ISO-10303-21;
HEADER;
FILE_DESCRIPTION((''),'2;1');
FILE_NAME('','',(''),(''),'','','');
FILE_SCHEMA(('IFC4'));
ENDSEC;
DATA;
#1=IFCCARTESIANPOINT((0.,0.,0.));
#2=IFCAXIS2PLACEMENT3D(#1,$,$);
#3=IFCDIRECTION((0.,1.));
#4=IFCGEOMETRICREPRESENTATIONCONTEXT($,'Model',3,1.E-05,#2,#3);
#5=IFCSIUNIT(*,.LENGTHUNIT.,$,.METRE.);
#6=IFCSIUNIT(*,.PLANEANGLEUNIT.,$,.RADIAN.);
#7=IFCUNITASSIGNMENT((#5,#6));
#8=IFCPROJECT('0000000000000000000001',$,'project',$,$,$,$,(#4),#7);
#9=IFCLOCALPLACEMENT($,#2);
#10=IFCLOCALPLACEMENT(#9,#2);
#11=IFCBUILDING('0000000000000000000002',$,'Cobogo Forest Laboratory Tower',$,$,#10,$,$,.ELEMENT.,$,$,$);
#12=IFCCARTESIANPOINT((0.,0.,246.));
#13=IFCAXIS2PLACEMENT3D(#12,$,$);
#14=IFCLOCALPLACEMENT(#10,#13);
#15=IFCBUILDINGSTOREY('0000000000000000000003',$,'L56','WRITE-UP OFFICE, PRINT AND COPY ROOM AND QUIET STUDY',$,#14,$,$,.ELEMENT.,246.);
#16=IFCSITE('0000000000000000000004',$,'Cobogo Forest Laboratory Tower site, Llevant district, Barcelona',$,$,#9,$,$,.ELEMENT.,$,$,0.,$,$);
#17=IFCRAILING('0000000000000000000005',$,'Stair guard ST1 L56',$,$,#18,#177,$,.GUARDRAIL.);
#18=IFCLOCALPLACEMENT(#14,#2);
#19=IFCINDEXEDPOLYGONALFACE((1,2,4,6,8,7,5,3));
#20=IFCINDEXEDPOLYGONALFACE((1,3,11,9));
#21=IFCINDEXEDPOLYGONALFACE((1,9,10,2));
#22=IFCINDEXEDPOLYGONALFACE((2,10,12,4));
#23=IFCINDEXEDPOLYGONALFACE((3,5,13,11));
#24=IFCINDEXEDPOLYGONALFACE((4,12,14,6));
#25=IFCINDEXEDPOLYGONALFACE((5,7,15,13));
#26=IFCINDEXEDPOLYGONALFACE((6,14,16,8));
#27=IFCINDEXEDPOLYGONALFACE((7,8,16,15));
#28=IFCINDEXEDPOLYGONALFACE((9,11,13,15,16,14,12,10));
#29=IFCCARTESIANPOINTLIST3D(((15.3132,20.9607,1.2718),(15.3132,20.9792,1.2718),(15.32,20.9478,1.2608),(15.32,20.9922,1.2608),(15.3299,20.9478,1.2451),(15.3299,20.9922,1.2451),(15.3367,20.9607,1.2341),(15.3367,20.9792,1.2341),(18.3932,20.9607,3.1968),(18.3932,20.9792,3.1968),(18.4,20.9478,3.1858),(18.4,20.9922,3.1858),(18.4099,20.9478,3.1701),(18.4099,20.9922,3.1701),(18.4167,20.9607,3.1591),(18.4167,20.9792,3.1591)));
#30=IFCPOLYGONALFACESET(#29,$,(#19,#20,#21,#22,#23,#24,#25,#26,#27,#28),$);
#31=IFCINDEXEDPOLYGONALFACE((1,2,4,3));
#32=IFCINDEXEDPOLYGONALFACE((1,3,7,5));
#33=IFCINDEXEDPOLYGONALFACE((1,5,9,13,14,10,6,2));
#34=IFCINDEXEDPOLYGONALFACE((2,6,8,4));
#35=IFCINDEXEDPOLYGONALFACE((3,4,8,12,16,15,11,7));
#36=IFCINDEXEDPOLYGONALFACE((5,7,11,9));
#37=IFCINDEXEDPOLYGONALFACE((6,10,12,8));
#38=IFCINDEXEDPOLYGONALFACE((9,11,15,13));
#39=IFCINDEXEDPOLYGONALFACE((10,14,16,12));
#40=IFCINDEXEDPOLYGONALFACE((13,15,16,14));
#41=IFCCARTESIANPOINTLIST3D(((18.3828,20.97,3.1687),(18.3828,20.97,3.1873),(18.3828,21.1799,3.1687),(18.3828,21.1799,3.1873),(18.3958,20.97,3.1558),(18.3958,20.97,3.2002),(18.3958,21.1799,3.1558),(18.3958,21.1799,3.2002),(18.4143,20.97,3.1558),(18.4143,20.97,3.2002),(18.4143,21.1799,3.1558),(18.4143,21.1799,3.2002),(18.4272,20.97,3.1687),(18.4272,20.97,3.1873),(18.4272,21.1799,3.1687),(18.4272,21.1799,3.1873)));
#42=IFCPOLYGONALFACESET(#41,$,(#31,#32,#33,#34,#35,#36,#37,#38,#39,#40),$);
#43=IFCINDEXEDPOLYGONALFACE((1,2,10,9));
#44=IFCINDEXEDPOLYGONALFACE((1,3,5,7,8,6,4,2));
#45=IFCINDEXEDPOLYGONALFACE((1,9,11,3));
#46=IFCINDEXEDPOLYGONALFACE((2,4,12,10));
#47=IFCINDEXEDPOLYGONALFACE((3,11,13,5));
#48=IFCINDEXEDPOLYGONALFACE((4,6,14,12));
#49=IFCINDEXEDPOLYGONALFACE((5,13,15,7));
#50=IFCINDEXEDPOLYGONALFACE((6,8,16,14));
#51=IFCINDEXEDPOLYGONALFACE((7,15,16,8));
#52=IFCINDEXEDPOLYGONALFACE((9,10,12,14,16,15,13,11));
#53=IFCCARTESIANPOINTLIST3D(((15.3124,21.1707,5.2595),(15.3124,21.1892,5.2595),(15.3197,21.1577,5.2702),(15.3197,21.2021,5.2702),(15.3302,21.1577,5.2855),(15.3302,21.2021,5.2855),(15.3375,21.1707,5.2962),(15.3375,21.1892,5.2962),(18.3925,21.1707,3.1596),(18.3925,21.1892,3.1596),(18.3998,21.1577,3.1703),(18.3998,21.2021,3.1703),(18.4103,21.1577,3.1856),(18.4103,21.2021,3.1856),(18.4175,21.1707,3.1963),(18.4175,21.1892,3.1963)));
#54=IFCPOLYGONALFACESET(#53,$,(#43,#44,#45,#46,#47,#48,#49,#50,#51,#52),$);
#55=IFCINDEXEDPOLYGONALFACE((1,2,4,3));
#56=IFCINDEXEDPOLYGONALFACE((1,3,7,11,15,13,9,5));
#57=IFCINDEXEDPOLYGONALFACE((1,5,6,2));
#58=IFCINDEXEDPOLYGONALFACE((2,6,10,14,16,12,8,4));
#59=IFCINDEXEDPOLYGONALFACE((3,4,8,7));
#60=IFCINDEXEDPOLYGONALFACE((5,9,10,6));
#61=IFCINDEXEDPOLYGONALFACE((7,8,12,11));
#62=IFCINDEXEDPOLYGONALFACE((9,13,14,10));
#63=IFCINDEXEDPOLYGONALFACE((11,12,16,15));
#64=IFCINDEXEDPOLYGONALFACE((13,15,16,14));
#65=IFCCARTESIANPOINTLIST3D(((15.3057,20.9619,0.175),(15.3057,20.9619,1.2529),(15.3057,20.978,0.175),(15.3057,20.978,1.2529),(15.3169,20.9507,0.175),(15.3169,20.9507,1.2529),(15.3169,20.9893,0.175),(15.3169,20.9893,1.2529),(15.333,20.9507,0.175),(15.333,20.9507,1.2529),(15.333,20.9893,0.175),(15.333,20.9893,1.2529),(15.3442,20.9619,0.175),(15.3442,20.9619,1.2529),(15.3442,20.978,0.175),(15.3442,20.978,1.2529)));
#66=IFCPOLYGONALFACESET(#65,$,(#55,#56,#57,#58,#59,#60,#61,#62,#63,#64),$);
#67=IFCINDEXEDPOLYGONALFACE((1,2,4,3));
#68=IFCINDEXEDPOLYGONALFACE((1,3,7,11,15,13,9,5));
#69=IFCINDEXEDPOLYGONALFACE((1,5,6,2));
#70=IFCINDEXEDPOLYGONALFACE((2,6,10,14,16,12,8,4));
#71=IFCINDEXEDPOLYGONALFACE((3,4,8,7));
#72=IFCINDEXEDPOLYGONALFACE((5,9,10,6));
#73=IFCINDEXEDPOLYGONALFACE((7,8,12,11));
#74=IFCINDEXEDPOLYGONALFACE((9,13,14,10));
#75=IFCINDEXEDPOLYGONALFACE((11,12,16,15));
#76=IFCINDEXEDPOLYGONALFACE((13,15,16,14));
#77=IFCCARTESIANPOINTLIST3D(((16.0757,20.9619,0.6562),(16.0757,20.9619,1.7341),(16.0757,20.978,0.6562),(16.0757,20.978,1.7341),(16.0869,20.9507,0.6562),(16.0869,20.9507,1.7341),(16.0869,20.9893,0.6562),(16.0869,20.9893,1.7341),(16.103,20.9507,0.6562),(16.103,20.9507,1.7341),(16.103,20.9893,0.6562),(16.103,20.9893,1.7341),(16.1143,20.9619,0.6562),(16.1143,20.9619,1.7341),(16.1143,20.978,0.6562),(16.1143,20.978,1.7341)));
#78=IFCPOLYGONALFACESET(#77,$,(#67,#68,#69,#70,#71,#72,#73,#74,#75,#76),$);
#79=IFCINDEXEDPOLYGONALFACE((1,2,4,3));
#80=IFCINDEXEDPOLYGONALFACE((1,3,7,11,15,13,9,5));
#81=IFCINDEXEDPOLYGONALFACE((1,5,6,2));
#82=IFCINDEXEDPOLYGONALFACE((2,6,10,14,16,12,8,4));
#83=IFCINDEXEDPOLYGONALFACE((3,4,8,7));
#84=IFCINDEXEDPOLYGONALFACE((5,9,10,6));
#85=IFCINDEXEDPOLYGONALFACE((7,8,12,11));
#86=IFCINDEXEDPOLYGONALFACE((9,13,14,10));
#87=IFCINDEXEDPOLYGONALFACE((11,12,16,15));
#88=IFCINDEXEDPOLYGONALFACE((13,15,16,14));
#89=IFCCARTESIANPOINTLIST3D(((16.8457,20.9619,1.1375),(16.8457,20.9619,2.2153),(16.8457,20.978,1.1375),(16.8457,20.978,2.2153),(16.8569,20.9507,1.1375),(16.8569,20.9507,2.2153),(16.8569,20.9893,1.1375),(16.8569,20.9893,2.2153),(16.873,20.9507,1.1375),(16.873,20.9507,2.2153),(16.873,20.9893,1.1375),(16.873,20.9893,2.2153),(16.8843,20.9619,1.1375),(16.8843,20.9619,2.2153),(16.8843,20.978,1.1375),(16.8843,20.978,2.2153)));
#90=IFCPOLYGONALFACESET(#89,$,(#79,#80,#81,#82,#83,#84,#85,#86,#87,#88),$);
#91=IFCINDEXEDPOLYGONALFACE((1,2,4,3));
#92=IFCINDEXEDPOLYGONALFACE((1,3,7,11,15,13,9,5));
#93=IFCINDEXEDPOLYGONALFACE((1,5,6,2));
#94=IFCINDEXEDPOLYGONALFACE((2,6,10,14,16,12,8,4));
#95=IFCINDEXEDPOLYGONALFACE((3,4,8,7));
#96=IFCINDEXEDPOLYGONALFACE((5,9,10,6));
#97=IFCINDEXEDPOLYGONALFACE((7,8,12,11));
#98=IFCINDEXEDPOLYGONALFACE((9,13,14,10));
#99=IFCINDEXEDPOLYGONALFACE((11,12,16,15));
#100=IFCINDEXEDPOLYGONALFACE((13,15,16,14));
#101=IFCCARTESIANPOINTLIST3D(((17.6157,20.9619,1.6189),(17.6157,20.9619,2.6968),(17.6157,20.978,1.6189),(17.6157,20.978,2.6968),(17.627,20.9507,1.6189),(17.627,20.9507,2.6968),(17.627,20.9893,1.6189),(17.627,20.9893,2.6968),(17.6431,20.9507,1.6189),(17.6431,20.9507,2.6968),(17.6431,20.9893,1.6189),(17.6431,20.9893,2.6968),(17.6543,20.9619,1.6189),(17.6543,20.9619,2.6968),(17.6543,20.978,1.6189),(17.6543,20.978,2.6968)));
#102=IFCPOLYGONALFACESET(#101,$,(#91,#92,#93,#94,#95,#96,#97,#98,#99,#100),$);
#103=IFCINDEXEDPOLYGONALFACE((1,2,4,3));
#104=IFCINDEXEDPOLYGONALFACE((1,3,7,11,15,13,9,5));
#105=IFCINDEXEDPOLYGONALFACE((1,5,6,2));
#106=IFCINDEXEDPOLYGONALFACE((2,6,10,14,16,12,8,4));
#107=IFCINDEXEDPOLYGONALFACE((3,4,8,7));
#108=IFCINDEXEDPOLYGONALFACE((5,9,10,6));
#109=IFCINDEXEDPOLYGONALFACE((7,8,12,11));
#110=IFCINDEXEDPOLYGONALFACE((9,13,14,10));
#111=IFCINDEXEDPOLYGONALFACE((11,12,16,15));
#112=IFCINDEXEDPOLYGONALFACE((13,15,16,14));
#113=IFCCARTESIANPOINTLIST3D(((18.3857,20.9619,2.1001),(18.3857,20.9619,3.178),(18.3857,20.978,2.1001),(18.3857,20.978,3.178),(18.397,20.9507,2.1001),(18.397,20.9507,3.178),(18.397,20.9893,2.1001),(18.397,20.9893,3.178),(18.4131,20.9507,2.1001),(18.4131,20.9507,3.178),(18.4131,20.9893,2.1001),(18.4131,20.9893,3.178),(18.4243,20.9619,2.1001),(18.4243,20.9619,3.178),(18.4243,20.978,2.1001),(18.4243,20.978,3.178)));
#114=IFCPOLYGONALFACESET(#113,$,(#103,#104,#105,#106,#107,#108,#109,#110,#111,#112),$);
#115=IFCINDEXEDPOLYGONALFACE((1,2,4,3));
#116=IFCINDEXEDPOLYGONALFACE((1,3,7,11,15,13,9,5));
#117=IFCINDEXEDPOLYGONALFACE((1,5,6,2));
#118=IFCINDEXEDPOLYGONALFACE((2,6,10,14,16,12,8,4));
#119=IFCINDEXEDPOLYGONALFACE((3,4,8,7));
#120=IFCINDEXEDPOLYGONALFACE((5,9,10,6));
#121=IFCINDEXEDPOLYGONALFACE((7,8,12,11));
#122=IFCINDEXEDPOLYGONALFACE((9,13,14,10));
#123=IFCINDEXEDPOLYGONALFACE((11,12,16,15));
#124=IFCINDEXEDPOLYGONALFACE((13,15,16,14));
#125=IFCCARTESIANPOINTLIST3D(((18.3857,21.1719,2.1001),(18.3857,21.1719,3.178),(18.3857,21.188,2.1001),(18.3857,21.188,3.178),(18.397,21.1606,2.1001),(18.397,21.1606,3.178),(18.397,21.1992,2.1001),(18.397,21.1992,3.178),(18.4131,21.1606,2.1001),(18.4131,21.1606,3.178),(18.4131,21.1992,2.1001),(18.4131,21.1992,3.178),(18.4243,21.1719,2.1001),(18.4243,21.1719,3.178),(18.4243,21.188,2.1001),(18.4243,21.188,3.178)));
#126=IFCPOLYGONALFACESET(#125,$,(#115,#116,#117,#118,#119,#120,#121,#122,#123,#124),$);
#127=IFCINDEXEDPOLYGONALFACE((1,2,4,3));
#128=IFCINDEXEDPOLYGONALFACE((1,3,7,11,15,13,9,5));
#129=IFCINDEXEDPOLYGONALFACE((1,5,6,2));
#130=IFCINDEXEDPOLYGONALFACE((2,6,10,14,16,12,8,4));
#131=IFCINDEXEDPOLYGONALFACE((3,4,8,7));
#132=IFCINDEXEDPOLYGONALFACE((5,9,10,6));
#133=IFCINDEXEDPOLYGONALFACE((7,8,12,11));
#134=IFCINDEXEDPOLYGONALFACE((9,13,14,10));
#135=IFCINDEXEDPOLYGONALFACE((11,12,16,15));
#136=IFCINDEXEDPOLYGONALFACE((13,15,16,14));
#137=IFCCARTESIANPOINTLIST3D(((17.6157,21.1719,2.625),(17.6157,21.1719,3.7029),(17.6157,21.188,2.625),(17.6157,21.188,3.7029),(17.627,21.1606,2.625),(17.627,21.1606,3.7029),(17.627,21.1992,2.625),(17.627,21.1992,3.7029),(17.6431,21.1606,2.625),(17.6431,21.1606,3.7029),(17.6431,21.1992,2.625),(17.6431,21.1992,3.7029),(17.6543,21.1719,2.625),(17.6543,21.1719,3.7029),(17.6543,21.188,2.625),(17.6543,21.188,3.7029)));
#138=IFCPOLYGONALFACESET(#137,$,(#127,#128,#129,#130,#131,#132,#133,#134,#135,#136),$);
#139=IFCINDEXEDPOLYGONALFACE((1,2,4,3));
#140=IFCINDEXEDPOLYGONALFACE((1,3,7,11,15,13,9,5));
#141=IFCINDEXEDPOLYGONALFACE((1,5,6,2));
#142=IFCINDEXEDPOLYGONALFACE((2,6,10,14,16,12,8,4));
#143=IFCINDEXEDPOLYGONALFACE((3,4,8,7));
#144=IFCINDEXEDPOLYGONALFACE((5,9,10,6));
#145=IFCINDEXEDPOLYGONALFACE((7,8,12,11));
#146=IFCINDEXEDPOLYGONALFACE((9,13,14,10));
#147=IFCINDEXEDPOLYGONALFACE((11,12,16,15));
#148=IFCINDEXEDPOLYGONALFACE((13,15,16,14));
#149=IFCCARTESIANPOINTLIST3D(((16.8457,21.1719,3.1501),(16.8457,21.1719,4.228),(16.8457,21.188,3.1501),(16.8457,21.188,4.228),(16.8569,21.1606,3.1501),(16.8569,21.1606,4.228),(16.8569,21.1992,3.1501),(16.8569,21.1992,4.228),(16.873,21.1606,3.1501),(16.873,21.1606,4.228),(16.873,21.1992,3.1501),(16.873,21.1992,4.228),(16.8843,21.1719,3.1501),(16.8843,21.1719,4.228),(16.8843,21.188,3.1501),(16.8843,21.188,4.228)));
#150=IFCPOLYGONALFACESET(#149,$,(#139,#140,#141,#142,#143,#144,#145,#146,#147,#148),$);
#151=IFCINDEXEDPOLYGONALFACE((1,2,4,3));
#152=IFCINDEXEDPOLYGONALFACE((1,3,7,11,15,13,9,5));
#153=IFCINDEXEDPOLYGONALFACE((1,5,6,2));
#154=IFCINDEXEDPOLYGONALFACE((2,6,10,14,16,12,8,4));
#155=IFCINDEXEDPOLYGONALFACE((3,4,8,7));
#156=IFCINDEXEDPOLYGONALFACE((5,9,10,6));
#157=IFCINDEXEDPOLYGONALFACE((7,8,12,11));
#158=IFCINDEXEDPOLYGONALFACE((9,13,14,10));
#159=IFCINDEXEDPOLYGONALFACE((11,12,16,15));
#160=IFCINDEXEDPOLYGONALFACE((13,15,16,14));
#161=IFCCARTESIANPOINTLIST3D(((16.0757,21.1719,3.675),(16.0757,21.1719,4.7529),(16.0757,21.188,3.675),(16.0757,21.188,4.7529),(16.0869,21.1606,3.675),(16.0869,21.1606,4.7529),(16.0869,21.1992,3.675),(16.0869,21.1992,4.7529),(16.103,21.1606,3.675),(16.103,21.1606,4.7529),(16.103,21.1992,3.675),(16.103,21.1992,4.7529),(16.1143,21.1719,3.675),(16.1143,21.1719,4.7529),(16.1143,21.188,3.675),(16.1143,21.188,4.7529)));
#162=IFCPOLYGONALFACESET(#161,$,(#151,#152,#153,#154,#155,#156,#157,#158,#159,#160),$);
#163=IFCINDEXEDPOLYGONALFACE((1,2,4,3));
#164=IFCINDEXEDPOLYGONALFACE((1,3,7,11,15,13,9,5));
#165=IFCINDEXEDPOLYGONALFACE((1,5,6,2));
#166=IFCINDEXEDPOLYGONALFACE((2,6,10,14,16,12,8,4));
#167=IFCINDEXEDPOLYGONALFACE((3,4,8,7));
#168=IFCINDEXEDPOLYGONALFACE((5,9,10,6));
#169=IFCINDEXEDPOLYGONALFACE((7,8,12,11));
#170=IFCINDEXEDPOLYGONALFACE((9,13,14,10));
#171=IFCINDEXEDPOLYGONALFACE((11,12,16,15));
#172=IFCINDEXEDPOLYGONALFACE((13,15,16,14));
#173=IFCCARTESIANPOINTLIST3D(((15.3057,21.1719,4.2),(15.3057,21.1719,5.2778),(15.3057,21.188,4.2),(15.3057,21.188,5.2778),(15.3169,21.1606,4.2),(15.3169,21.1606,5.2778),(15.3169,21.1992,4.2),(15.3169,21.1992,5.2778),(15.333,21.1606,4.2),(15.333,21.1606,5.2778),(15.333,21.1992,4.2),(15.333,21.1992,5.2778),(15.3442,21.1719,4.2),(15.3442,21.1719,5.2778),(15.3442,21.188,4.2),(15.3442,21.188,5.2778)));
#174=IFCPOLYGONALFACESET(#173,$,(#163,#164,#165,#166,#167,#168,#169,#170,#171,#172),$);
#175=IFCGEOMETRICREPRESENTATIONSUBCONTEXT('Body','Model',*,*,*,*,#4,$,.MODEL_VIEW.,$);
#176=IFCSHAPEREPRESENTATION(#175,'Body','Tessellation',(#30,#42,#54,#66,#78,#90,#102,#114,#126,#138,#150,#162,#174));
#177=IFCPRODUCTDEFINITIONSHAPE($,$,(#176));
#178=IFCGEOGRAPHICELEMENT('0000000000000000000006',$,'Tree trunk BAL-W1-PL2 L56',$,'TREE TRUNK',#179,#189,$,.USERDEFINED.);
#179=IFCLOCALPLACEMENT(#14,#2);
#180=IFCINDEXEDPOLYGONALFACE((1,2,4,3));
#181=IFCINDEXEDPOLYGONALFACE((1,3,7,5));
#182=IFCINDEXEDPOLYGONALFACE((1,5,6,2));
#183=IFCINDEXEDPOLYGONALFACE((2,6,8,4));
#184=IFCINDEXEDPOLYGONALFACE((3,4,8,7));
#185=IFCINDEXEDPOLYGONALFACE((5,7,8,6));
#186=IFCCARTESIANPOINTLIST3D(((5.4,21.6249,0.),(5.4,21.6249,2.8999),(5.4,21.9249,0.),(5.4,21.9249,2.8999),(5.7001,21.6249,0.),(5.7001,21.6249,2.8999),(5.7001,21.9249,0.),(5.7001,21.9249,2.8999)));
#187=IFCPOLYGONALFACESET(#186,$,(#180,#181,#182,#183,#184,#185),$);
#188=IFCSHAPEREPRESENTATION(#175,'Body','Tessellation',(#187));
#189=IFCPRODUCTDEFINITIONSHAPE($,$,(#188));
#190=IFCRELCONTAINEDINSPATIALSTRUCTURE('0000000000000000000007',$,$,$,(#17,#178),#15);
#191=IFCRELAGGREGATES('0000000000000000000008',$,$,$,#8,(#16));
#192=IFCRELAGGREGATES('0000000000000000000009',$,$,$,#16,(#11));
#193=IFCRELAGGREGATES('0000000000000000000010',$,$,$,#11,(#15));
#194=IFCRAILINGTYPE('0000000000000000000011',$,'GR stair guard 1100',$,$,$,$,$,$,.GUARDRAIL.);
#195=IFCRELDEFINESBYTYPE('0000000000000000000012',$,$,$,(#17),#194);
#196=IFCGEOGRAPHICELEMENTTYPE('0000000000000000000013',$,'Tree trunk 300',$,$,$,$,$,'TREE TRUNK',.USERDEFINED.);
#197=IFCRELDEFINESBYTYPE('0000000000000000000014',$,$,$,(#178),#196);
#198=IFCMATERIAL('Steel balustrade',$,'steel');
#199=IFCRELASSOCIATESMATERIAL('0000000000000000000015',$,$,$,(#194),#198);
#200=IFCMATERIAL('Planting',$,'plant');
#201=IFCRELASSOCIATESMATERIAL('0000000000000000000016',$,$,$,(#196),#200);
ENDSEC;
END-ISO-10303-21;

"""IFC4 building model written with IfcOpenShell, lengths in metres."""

from ifc_helpers import new_model, si_unit, direction, frame, origin, origin_2d, place, context, subcontext, project, spatial, polyline, rectangle, outline, extrude, material, type_object, element, save


model = new_model("IFC4")

# Units and contexts
model_context = context("Model", 3, precision=1e-05, world=origin(), true_north=direction((0.0, 1.0)))
body_context = subcontext(model_context, "Body", "Model", "MODEL_VIEW")
ifc_project = project(units=[si_unit("LENGTHUNIT", "METRE"), si_unit("PLANEANGLEUNIT", "RADIAN")], contexts=[model_context])

# Site, building, storey
site_placement = place(None, origin())
site = spatial("IfcSite", under=ifc_project, at=site_placement, Name="Cobogo Forest Laboratory Tower site, Llevant district, Barcelona", CompositionType="ELEMENT", RefElevation=0.0)
building_placement = place(site_placement, origin())
building = spatial("IfcBuilding", under=site, at=building_placement, Name="Cobogo Forest Laboratory Tower", CompositionType="ELEMENT")
storey_placement = place(building_placement, frame((0.0, 0.0, 246.0)))
storey = spatial("IfcBuildingStorey", under=building, at=storey_placement, Name="L56", Description="WRITE-UP OFFICE, PRINT AND COPY ROOM AND QUIET STUDY", CompositionType="ELEMENT", Elevation=246.0)

# Railing
ifc_material_1 = material(Name="Steel balustrade", Category="steel")
railing_type = type_object("IfcRailingType", Name="GR stair guard 1100", PredefinedType="GUARDRAIL", material=ifc_material_1)
railing_placement = place(storey_placement, frame((15.325, 20.97, 0.175)))
element("IfcRailing", 1, at=railing_placement, inside=storey, type_object=railing_type, Name="Stair guard ST1 L56", PredefinedType="GUARDRAIL", context=body_context, shape_type="SweptSolid", body=[
    extrude(outline(polyline([(0.0222, 0.0093), (0.0093, 0.0222), (-0.0093, 0.0222), (-0.0222, 0.0093), (-0.0222, -0.0093), (-0.0093, -0.0222), (0.0093, -0.0222), (0.0222, -0.0093), (0.0222, 0.0093)])), frame((0.0, 0.0, 1.0779), z_axis=(0.847998, 0.0, 0.529999), x_axis=(0.0, 1.0, 0.0)), (0.0, 0.0, 1.0), 3.6321),
    extrude(outline(polyline([(0.0222, 0.0093), (0.0093, 0.0222), (-0.0093, 0.0222), (-0.0222, 0.0093), (-0.0222, -0.0093), (-0.0093, -0.0222), (0.0093, -0.0222), (0.0222, -0.0093), (0.0222, 0.0093)])), frame((3.0801, 0.0, 3.0029), z_axis=(0.0, 1.0, 0.0), x_axis=(-1.0, 0.0, 0.0)), (0.0, 0.0, 1.0), 0.21),
    extrude(outline(polyline([(0.0222, 0.0093), (0.0093, 0.0222), (-0.0093, 0.0222), (-0.0222, 0.0093), (-0.0222, -0.0093), (-0.0093, -0.0222), (0.0093, -0.0222), (0.0222, -0.0093), (0.0222, 0.0093)])), frame((3.0801, 0.21, 3.0029), z_axis=(-0.826252, 0.0, 0.5633), x_axis=(0.0, -1.0, 0.0)), (0.0, 0.0, 1.0), 3.7278),
    extrude(outline(polyline([(0.0193, 0.0081), (0.0081, 0.0193), (-0.0081, 0.0193), (-0.0193, 0.0081), (-0.0193, -0.0081), (-0.0081, -0.0193), (0.0081, -0.0193), (0.0193, -0.0081), (0.0193, 0.0081)])), origin(), (0.0, 0.0, 1.0), 1.0779),
    extrude(outline(polyline([(0.0193, 0.0081), (0.0081, 0.0193), (-0.0081, 0.0193), (-0.0193, 0.0081), (-0.0193, -0.0081), (-0.0081, -0.0193), (0.0081, -0.0193), (0.0193, -0.0081), (0.0193, 0.0081)])), frame((0.77, 0.0, 0.4812)), (0.0, 0.0, 1.0), 1.0779),
    extrude(outline(polyline([(0.0193, 0.0081), (0.0081, 0.0193), (-0.0081, 0.0193), (-0.0193, 0.0081), (-0.0193, -0.0081), (-0.0081, -0.0193), (0.0081, -0.0193), (0.0193, -0.0081), (0.0193, 0.0081)])), frame((1.54, 0.0, 0.9624)), (0.0, 0.0, 1.0), 1.0779),
    extrude(outline(polyline([(0.0193, 0.0081), (0.0081, 0.0193), (-0.0081, 0.0193), (-0.0193, 0.0081), (-0.0193, -0.0081), (-0.0081, -0.0193), (0.0081, -0.0193), (0.0193, -0.0081), (0.0193, 0.0081)])), frame((2.3101, 0.0, 1.4438)), (0.0, 0.0, 1.0), 1.0779),
    extrude(outline(polyline([(0.0193, 0.0081), (0.0081, 0.0193), (-0.0081, 0.0193), (-0.0193, 0.0081), (-0.0193, -0.0081), (-0.0081, -0.0193), (0.0081, -0.0193), (0.0193, -0.0081), (0.0193, 0.0081)])), frame((3.0801, 0.0, 1.925)), (0.0, 0.0, 1.0), 1.0779),
    extrude(outline(polyline([(0.0193, 0.0081), (0.0081, 0.0193), (-0.0081, 0.0193), (-0.0193, 0.0081), (-0.0193, -0.0081), (-0.0081, -0.0193), (0.0081, -0.0193), (0.0193, -0.0081), (0.0193, 0.0081)])), frame((3.0801, 0.21, 1.925)), (0.0, 0.0, 1.0), 1.0779),
    extrude(outline(polyline([(0.0193, 0.0081), (0.0081, 0.0193), (-0.0081, 0.0193), (-0.0193, 0.0081), (-0.0193, -0.0081), (-0.0081, -0.0193), (0.0081, -0.0193), (0.0193, -0.0081), (0.0193, 0.0081)])), frame((2.3101, 0.21, 2.45)), (0.0, 0.0, 1.0), 1.0779),
    extrude(outline(polyline([(0.0193, 0.0081), (0.0081, 0.0193), (-0.0081, 0.0193), (-0.0193, 0.0081), (-0.0193, -0.0081), (-0.0081, -0.0193), (0.0081, -0.0193), (0.0193, -0.0081), (0.0193, 0.0081)])), frame((1.54, 0.21, 2.9751)), (0.0, 0.0, 1.0), 1.0779),
    extrude(outline(polyline([(0.0193, 0.0081), (0.0081, 0.0193), (-0.0081, 0.0193), (-0.0193, 0.0081), (-0.0193, -0.0081), (-0.0081, -0.0193), (0.0081, -0.0193), (0.0193, -0.0081), (0.0193, 0.0081)])), frame((0.77, 0.21, 3.5)), (0.0, 0.0, 1.0), 1.0779),
    extrude(outline(polyline([(0.0193, 0.0081), (0.0081, 0.0193), (-0.0081, 0.0193), (-0.0193, 0.0081), (-0.0193, -0.0081), (-0.0081, -0.0193), (0.0081, -0.0193), (0.0193, -0.0081), (0.0193, 0.0081)])), frame((0.0, 0.21, 4.0249)), (0.0, 0.0, 1.0), 1.0779),
])

# Geographic element
ifc_material_2 = material(Name="Planting", Category="plant")
geographic_element_type = type_object("IfcGeographicElementType", Name="Tree trunk 300", ElementType="TREE TRUNK", PredefinedType="USERDEFINED", material=ifc_material_2)
geographic_element_placement = place(storey_placement, frame((5.55, 21.7749, 0.0), z_axis=(0.0, 0.0, 1.0), x_axis=(1.0, 0.0, 0.0)))
element("IfcGeographicElement", 2, at=geographic_element_placement, inside=storey, type_object=geographic_element_type, Name="Tree trunk BAL-W1-PL2 L56", ObjectType="TREE TRUNK", PredefinedType="USERDEFINED", context=body_context, shape_type="SweptSolid", body=[
    extrude(rectangle(XDim=0.3, YDim=0.3, at=origin_2d()), origin(), (0.0, 0.0, 1.0), 2.8999),
])

save(model, "model.ifc")
